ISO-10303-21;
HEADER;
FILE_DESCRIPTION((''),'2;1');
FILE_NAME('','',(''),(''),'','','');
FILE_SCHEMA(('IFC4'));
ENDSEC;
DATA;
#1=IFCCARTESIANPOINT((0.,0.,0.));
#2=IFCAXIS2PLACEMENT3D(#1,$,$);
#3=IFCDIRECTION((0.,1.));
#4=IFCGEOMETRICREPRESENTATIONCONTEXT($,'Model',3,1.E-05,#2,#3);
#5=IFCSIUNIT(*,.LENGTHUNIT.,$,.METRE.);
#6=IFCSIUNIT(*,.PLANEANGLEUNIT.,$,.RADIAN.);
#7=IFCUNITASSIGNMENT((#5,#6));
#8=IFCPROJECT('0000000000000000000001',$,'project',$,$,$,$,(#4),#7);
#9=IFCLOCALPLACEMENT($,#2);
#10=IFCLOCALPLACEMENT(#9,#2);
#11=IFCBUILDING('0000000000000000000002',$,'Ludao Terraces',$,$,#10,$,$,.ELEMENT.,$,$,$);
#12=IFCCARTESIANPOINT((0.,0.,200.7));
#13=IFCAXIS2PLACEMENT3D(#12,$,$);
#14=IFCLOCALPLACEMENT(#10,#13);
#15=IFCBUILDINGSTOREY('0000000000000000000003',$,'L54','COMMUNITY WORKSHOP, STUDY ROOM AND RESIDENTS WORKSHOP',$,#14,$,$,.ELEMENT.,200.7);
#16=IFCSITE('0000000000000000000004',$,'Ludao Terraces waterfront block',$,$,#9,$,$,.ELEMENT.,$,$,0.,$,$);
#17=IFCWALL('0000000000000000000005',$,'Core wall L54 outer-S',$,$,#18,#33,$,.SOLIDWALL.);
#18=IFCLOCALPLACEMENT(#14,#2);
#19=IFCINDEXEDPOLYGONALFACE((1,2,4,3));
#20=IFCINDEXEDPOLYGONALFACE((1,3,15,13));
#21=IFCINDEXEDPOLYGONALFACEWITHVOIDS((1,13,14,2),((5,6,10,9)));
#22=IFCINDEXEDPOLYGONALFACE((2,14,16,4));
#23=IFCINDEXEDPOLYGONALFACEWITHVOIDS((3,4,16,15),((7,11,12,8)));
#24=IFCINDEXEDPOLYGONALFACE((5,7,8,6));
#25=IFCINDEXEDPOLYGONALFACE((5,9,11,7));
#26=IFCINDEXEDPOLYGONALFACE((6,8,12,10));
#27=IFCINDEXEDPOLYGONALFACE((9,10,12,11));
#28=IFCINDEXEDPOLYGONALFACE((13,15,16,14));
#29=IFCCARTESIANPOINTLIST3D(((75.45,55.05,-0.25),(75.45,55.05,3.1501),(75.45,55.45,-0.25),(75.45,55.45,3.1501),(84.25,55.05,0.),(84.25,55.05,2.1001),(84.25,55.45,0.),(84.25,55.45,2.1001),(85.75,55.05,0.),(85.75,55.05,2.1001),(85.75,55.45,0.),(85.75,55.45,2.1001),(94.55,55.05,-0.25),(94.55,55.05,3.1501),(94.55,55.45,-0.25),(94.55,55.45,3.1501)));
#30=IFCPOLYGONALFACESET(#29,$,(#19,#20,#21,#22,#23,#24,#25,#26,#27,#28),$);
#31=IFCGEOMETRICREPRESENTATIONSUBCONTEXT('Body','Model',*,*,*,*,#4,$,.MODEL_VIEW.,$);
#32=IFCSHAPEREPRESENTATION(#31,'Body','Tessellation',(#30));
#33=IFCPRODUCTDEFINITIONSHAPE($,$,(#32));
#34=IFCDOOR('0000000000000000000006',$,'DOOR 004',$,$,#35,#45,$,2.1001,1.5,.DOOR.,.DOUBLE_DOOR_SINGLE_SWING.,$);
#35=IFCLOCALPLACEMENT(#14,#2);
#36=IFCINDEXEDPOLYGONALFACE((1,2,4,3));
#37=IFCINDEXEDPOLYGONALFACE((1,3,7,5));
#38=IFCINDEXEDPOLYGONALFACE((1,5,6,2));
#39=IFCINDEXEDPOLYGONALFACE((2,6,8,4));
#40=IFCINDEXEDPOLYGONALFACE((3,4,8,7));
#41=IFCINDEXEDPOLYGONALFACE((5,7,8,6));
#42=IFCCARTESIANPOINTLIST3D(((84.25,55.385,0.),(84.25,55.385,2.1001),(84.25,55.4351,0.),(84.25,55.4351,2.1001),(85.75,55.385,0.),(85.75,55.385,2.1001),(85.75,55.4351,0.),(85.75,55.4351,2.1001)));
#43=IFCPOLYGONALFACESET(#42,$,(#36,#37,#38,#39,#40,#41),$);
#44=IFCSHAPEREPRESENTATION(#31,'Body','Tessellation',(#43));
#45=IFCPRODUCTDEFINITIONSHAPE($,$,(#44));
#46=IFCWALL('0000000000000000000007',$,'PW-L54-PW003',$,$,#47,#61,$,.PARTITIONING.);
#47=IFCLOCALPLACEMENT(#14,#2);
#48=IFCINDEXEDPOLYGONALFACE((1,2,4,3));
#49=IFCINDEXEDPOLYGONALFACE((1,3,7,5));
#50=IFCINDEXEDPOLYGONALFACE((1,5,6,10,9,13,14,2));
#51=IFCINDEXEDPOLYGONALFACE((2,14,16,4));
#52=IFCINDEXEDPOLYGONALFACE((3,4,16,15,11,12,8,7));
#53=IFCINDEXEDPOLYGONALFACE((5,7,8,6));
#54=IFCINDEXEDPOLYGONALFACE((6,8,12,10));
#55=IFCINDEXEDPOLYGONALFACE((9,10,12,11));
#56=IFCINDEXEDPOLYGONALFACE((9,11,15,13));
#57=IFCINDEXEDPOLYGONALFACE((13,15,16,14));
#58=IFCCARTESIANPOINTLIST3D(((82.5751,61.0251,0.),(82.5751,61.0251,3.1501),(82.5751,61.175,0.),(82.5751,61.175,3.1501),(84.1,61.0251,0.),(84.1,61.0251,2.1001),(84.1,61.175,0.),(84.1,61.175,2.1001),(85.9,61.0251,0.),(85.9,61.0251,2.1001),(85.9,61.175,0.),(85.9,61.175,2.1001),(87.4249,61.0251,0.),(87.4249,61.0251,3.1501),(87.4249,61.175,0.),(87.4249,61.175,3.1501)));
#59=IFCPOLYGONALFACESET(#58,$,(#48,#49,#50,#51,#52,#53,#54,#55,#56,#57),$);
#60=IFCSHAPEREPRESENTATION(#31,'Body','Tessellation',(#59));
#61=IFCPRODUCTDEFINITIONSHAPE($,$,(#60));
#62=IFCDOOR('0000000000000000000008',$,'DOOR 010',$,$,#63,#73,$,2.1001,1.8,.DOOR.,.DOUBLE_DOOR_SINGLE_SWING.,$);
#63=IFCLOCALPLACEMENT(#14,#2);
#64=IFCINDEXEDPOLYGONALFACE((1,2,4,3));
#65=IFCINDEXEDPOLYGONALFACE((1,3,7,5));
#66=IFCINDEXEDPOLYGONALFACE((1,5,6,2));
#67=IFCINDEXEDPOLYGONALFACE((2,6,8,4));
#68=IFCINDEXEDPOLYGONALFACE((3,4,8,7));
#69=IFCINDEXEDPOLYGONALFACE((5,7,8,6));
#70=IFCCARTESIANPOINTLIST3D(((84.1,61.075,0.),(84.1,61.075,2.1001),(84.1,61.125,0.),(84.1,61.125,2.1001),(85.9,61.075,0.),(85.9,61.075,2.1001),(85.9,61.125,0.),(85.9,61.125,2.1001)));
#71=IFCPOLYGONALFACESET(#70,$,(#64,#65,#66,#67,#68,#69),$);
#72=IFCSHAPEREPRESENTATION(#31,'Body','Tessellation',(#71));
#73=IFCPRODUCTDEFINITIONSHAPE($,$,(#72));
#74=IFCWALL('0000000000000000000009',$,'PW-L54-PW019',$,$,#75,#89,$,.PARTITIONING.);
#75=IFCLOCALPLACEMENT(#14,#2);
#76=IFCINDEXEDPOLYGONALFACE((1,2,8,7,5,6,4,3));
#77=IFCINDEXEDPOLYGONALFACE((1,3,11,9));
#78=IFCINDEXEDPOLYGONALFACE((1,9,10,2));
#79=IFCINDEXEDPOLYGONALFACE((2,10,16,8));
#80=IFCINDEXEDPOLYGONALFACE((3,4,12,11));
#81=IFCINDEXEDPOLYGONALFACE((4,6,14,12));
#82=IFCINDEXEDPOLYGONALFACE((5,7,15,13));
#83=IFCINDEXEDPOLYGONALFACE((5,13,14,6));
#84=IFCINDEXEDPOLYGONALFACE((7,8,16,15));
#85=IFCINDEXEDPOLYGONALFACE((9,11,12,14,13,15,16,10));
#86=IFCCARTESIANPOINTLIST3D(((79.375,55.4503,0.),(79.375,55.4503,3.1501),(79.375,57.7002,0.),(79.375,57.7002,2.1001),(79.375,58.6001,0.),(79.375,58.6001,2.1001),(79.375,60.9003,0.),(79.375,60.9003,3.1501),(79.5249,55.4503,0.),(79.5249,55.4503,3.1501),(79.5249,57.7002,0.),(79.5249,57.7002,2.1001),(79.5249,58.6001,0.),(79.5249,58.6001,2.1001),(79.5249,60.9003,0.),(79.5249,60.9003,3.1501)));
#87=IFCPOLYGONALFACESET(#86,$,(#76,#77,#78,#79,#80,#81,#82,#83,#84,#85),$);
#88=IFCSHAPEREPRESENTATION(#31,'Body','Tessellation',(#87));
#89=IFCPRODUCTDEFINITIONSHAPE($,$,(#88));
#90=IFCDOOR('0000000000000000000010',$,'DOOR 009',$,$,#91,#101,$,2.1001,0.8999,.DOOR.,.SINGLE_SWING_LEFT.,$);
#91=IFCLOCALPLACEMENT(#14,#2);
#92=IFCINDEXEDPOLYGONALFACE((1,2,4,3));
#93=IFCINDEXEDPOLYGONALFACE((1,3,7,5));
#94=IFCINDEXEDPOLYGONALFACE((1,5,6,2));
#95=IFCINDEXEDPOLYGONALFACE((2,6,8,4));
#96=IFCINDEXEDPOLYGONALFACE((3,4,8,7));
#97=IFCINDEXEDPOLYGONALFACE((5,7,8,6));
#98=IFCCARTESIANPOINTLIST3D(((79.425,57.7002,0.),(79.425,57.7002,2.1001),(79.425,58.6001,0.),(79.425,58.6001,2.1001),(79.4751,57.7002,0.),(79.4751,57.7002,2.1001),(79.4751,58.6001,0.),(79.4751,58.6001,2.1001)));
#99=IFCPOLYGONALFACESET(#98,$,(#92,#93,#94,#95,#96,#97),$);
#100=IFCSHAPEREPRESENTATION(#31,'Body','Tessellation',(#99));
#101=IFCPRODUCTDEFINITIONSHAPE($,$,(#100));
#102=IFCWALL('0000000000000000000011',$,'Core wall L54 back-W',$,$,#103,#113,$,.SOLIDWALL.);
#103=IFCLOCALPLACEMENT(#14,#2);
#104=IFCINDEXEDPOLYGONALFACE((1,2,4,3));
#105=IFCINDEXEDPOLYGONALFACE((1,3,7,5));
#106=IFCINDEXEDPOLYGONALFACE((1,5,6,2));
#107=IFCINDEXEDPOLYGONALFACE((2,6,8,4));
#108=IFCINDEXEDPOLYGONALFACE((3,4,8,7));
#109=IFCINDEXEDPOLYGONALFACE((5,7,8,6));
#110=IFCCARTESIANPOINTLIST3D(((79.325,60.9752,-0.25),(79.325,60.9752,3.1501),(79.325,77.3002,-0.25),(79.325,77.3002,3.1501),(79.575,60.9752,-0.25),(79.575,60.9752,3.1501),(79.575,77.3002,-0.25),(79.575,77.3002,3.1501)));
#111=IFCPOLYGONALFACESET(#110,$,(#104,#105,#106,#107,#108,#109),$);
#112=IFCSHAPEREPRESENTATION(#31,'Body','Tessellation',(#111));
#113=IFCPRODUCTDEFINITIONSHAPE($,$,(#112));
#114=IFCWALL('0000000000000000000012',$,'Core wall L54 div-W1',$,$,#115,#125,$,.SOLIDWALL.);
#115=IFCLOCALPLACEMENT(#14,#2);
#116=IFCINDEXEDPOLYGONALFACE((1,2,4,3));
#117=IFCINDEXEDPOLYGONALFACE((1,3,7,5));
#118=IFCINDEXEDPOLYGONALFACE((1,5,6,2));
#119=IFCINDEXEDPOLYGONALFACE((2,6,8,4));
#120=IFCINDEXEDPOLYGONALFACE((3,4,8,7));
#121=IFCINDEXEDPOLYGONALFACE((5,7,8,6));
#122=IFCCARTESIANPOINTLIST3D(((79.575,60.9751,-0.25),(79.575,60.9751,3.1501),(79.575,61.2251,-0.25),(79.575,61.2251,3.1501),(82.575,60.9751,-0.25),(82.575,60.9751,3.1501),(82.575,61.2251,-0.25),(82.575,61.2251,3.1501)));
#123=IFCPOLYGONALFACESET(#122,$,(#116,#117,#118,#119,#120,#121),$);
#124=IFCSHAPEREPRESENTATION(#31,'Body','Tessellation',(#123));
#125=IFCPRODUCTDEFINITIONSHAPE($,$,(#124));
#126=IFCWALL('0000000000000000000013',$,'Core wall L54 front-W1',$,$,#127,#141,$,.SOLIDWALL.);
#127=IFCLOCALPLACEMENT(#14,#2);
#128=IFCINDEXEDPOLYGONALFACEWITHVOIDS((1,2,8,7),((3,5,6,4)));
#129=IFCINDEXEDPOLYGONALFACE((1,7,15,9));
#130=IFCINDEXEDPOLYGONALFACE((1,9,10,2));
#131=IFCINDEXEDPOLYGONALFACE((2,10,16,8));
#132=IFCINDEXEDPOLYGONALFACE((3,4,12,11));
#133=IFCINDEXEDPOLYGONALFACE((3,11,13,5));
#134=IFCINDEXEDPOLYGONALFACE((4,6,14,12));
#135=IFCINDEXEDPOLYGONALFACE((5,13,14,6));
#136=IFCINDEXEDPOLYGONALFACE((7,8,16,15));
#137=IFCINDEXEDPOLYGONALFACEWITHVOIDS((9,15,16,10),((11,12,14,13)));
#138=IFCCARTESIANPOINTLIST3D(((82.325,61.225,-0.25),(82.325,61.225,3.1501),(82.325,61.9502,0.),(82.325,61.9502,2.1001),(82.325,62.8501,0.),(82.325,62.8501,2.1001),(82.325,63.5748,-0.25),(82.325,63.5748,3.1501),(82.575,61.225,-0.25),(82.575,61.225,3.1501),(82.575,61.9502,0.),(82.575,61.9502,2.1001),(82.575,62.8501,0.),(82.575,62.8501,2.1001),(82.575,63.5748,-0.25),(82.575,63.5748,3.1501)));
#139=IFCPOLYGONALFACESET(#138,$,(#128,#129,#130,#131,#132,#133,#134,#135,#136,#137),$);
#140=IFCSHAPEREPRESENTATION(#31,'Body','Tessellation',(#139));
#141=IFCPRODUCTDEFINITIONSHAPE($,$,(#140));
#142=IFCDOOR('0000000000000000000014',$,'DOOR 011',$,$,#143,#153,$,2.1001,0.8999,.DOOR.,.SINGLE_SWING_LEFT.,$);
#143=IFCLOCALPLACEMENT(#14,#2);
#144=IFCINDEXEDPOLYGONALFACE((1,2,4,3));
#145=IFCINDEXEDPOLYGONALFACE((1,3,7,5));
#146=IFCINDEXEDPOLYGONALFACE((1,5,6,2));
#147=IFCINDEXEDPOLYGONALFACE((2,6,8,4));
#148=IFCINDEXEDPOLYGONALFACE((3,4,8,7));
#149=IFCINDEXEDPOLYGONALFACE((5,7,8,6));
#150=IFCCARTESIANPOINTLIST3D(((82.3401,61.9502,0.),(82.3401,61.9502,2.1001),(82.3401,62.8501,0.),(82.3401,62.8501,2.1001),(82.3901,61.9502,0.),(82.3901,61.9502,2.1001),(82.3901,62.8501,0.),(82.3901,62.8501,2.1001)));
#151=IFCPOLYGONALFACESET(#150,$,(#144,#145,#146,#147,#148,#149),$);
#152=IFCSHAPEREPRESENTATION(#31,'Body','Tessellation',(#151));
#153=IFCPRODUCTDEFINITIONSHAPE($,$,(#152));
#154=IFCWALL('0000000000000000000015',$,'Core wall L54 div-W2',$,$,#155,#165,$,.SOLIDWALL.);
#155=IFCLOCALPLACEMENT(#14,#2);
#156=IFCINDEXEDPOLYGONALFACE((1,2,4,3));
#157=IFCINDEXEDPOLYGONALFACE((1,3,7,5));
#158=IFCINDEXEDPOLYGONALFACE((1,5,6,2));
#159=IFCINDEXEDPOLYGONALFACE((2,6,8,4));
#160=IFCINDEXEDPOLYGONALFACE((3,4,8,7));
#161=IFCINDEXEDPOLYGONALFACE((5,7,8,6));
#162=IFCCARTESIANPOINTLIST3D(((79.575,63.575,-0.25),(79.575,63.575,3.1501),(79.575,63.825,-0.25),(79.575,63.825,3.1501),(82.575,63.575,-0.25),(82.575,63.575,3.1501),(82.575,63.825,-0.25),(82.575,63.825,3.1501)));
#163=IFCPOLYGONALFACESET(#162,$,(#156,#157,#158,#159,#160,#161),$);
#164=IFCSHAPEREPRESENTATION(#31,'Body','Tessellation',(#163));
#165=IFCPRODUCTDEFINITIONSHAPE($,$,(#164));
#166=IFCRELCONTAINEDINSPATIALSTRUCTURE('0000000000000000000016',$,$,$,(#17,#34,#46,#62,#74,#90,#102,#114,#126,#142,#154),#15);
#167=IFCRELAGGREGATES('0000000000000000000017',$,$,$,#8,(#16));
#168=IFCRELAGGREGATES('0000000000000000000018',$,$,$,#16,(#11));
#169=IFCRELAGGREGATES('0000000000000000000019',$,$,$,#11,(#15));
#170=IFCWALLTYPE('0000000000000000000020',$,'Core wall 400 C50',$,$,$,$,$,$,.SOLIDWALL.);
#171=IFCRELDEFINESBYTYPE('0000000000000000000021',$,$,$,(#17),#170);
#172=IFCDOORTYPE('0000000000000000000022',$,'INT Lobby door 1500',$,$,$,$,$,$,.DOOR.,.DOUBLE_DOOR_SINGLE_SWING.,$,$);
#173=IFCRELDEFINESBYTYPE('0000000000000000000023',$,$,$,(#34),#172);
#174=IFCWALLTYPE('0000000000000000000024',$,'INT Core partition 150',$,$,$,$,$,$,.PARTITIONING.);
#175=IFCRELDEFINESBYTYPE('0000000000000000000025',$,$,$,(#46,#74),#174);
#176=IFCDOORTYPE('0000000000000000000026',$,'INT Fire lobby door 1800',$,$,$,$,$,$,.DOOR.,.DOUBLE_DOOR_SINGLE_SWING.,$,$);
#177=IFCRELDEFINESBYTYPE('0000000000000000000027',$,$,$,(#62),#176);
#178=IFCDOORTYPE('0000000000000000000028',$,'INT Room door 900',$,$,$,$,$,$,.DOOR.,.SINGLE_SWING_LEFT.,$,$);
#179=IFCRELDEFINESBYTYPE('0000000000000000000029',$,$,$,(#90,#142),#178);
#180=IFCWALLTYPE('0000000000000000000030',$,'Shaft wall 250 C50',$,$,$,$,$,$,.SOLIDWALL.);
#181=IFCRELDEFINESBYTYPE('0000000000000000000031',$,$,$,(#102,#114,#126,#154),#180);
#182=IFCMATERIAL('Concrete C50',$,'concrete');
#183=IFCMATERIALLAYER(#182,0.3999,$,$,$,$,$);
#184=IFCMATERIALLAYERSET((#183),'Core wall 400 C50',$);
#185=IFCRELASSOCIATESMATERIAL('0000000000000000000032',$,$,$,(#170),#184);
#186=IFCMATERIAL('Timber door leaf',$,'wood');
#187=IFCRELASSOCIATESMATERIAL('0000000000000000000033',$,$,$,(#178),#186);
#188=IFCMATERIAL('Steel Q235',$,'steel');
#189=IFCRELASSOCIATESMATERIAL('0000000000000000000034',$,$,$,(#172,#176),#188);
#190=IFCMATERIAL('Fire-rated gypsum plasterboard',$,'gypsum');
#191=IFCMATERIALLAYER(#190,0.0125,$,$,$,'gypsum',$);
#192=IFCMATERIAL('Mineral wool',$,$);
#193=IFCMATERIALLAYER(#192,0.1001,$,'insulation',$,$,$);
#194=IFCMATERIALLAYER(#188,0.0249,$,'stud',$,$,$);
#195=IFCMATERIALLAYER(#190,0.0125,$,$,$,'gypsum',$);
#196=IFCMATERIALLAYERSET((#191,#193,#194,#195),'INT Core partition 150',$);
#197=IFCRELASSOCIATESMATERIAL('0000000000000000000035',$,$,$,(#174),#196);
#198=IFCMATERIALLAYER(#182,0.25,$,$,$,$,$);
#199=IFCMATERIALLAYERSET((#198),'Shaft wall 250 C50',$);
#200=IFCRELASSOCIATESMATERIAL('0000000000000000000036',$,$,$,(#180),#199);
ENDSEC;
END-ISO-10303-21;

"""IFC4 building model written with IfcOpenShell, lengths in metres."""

from ifc_helpers import new_model, si_unit, direction, frame, frame_2d, origin, place, context, subcontext, project, spatial, rectangle, extrude, material, layer, layer_set, type_object, element, fill, save


model = new_model("IFC4")

# Units and contexts
model_context = context("Model", 3, precision=1e-05, world=origin(), true_north=direction((0.0, 1.0)))
body_context = subcontext(model_context, "Body", "Model", "MODEL_VIEW")
ifc_project = project(units=[si_unit("LENGTHUNIT", "METRE"), si_unit("PLANEANGLEUNIT", "RADIAN")], contexts=[model_context])

# Site, building, storey
site_placement = place(None, origin())
site = spatial("IfcSite", under=ifc_project, at=site_placement, Name="Ludao Terraces waterfront block", CompositionType="ELEMENT", RefElevation=0.0)
building_placement = place(site_placement, origin())
building = spatial("IfcBuilding", under=site, at=building_placement, Name="Ludao Terraces", CompositionType="ELEMENT")
storey_placement = place(building_placement, frame((0.0, 0.0, 200.7)))
storey = spatial("IfcBuildingStorey", under=building, at=storey_placement, Name="L54", Description="COMMUNITY WORKSHOP, STUDY ROOM AND RESIDENTS WORKSHOP", CompositionType="ELEMENT", Elevation=200.7)

# Shared definitions
ifc_material_1 = material(Name="Concrete C50", Category="concrete")

# Shared definitions
ifc_layer_1 = layer(ifc_material_1, 0.3999)
ifc_layer_set_1 = layer_set([ifc_layer_1], Name="Core wall 400 C50")
wall_type_1 = type_object("IfcWallType", Name="Core wall 400 C50", PredefinedType="SOLIDWALL", material=ifc_layer_set_1)
ifc_material_2 = material(Name="Steel Q235", Category="steel")
ifc_material_3 = material(Name="Timber door leaf", Category="wood")
door_type_1 = type_object("IfcDoorType", Name="INT Room door 900", OperationType="SINGLE_SWING_LEFT", PredefinedType="DOOR", material=ifc_material_3)

# Walls, openings, doors
wall_1_placement = place(storey_placement, frame((75.45, 55.25, -0.25), z_axis=(0.0, 0.0, 1.0), x_axis=(1.0, 0.0, 0.0)))
wall_1 = element("IfcWall", 1, at=wall_1_placement, inside=storey, type_object=wall_type_1, Name="Core wall L54 outer-S", PredefinedType="SOLIDWALL", context=body_context, shape_type="SweptSolid", body=[
    extrude(rectangle(XDim=19.1001, YDim=0.3999, at=frame_2d((9.55, 0.0))), origin(), (0.0, 0.0, 1.0), 3.4001),
])
opening_1_placement = place(wall_1_placement, frame((8.8, 0.0, 0.25)))
opening_1 = element("IfcOpeningElement", 2, at=opening_1_placement, cuts=wall_1, PredefinedType="OPENING", context=body_context, shape_type="SweptSolid", body=[
    extrude(rectangle(XDim=1.5, YDim=2.1001, at=frame_2d((0.75, 1.05))), frame((0.0, 0.21, 0.0), z_axis=(0.0, -1.0, 0.0), x_axis=(1.0, 0.0, 0.0)), (0.0, 0.0, 1.0), 0.4199),
])
door_type_2 = type_object("IfcDoorType", Name="INT Lobby door 1500", OperationType="DOUBLE_DOOR_SINGLE_SWING", PredefinedType="DOOR", material=ifc_material_2)
door_1_placement = place(opening_1_placement, origin())
door_1 = element("IfcDoor", 3, at=door_1_placement, inside=storey, type_object=door_type_2, Name="DOOR 004", OperationType="DOUBLE_DOOR_SINGLE_SWING", OverallHeight=2.1001, OverallWidth=1.5, PredefinedType="DOOR", context=body_context, shape_type="SweptSolid", body=[
    extrude(rectangle(XDim=1.5, YDim=2.1001, at=frame_2d((0.75, 1.05))), frame((0.0, 0.1851, 0.0), z_axis=(0.0, -1.0, 0.0), x_axis=(1.0, 0.0, 0.0)), (0.0, 0.0, 1.0), 0.05),
])
fill(opening_1, door_1)
ifc_material_4 = material(Name="Fire-rated gypsum plasterboard", Category="gypsum")
ifc_layer_2 = layer(ifc_material_4, 0.0125, Category="gypsum")
ifc_material_5 = material(Name="Mineral wool")
ifc_layer_3 = layer(ifc_material_5, 0.1001, Name="insulation")
ifc_layer_4 = layer(ifc_material_2, 0.0249, Name="stud")
ifc_layer_5 = layer(ifc_material_4, 0.0125, Category="gypsum")
ifc_layer_set_2 = layer_set([ifc_layer_2, ifc_layer_3, ifc_layer_4, ifc_layer_5], Name="INT Core partition 150")
wall_type_2 = type_object("IfcWallType", Name="INT Core partition 150", PredefinedType="PARTITIONING", material=ifc_layer_set_2)
wall_2_placement = place(storey_placement, frame((82.5752, 61.1001, 0.0), z_axis=(0.0, 0.0, 1.0), x_axis=(1.0, 0.0, 0.0)))
wall_2 = element("IfcWall", 4, at=wall_2_placement, inside=storey, type_object=wall_type_2, Name="PW-L54-PW003", PredefinedType="PARTITIONING", context=body_context, shape_type="SweptSolid", body=[
    extrude(rectangle(XDim=4.8499, YDim=0.1499, at=frame_2d((2.4248, 0.0))), origin(), (0.0, 0.0, 1.0), 3.1501),
])
opening_2_placement = place(wall_2_placement, frame((1.5249, 0.0, 0.0)))
opening_2 = element("IfcOpeningElement", 5, at=opening_2_placement, cuts=wall_2, PredefinedType="OPENING", context=body_context, shape_type="SweptSolid", body=[
    extrude(rectangle(XDim=1.8, YDim=2.1001, at=frame_2d((0.8999, 1.05))), frame((0.0, 0.085, 0.0), z_axis=(0.0, -1.0, 0.0), x_axis=(1.0, 0.0, 0.0)), (0.0, 0.0, 1.0), 0.1699),
])
door_type_3 = type_object("IfcDoorType", Name="INT Fire lobby door 1800", OperationType="DOUBLE_DOOR_SINGLE_SWING", PredefinedType="DOOR", material=ifc_material_2)
door_2_placement = place(opening_2_placement, origin())
door_2 = element("IfcDoor", 6, at=door_2_placement, inside=storey, type_object=door_type_3, Name="DOOR 010", OperationType="DOUBLE_DOOR_SINGLE_SWING", OverallHeight=2.1001, OverallWidth=1.8, PredefinedType="DOOR", context=body_context, shape_type="SweptSolid", body=[
    extrude(rectangle(XDim=1.8, YDim=2.1001, at=frame_2d((0.8999, 1.05))), frame((0.0, 0.0249, 0.0), z_axis=(0.0, -1.0, 0.0), x_axis=(1.0, 0.0, 0.0)), (0.0, 0.0, 1.0), 0.05),
])
fill(opening_2, door_2)
wall_3_placement = place(storey_placement, frame((79.45, 55.4502, 0.0), z_axis=(0.0, 0.0, 1.0), x_axis=(0.0, 1.0, 0.0)))
wall_3 = element("IfcWall", 7, at=wall_3_placement, inside=storey, type_object=wall_type_2, Name="PW-L54-PW019", PredefinedType="PARTITIONING", context=body_context, shape_type="SweptSolid", body=[
    extrude(rectangle(XDim=5.45, YDim=0.1499, at=frame_2d((2.7251, 0.0))), origin(), (0.0, 0.0, 1.0), 3.1501),
])
opening_3_placement = place(wall_3_placement, frame((2.25, 0.0, 0.0)))
opening_3 = element("IfcOpeningElement", 8, at=opening_3_placement, cuts=wall_3, PredefinedType="OPENING", context=body_context, shape_type="SweptSolid", body=[
    extrude(rectangle(XDim=0.8999, YDim=2.1001, at=frame_2d((0.45, 1.05))), frame((0.0, 0.085, 0.0), z_axis=(0.0, -1.0, 0.0), x_axis=(1.0, 0.0, 0.0)), (0.0, 0.0, 1.0), 0.1699),
])
door_3_placement = place(opening_3_placement, origin())
door_3 = element("IfcDoor", 9, at=door_3_placement, inside=storey, type_object=door_type_1, Name="DOOR 009", OperationType="SINGLE_SWING_LEFT", OverallHeight=2.1001, OverallWidth=0.8999, PredefinedType="DOOR", context=body_context, shape_type="SweptSolid", body=[
    extrude(rectangle(XDim=0.8999, YDim=2.1001, at=frame_2d((0.45, 1.05))), frame((0.0, 0.0249, 0.0), z_axis=(0.0, -1.0, 0.0), x_axis=(1.0, 0.0, 0.0)), (0.0, 0.0, 1.0), 0.05),
])
fill(opening_3, door_3)

# Walls
ifc_layer_6 = layer(ifc_material_1, 0.25)
ifc_layer_set_3 = layer_set([ifc_layer_6], Name="Shaft wall 250 C50")
wall_type_3 = type_object("IfcWallType", Name="Shaft wall 250 C50", PredefinedType="SOLIDWALL", material=ifc_layer_set_3)
wall_4_placement = place(storey_placement, frame((79.45, 60.9751, -0.25), z_axis=(0.0, 0.0, 1.0), x_axis=(0.0, 1.0, 0.0)))
element("IfcWall", 10, at=wall_4_placement, inside=storey, type_object=wall_type_3, Name="Core wall L54 back-W", PredefinedType="SOLIDWALL", context=body_context, shape_type="SweptSolid", body=[
    extrude(rectangle(XDim=16.325, YDim=0.25, at=frame_2d((8.1626, 0.0))), origin(), (0.0, 0.0, 1.0), 3.4001),
])
wall_5_placement = place(storey_placement, frame((79.575, 61.1001, -0.25), z_axis=(0.0, 0.0, 1.0), x_axis=(1.0, 0.0, 0.0)))
element("IfcWall", 11, at=wall_5_placement, inside=storey, type_object=wall_type_3, Name="Core wall L54 div-W1", PredefinedType="SOLIDWALL", context=body_context, shape_type="SweptSolid", body=[
    extrude(rectangle(XDim=3.0, YDim=0.25, at=frame_2d((1.5, 0.0))), origin(), (0.0, 0.0, 1.0), 3.4001),
])

# Wall, opening, door
wall_6_placement = place(storey_placement, frame((82.45, 61.2251, -0.25), z_axis=(0.0, 0.0, 1.0), x_axis=(0.0, 1.0, 0.0)))
wall_6 = element("IfcWall", 12, at=wall_6_placement, inside=storey, type_object=wall_type_3, Name="Core wall L54 front-W1", PredefinedType="SOLIDWALL", context=body_context, shape_type="SweptSolid", body=[
    extrude(rectangle(XDim=2.3499, YDim=0.25, at=frame_2d((1.1748, 0.0))), origin(), (0.0, 0.0, 1.0), 3.4001),
])
opening_4_placement = place(wall_6_placement, frame((0.7251, 0.0, 0.25)))
opening_4 = element("IfcOpeningElement", 13, at=opening_4_placement, cuts=wall_6, PredefinedType="OPENING", context=body_context, shape_type="SweptSolid", body=[
    extrude(rectangle(XDim=0.8999, YDim=2.1001, at=frame_2d((0.45, 1.05))), frame((0.0, 0.135, 0.0), z_axis=(0.0, -1.0, 0.0), x_axis=(1.0, 0.0, 0.0)), (0.0, 0.0, 1.0), 0.27),
])
door_4_placement = place(opening_4_placement, origin())
door_4 = element("IfcDoor", 14, at=door_4_placement, inside=storey, type_object=door_type_1, Name="DOOR 011", OperationType="SINGLE_SWING_LEFT", OverallHeight=2.1001, OverallWidth=0.8999, PredefinedType="DOOR", context=body_context, shape_type="SweptSolid", body=[
    extrude(rectangle(XDim=0.8999, YDim=2.1001, at=frame_2d((0.45, 1.05))), frame((0.0, 0.1099, 0.0), z_axis=(0.0, -1.0, 0.0), x_axis=(1.0, 0.0, 0.0)), (0.0, 0.0, 1.0), 0.05),
])
fill(opening_4, door_4)

# Wall
wall_7_placement = place(storey_placement, frame((79.575, 63.7, -0.25), z_axis=(0.0, 0.0, 1.0), x_axis=(1.0, 0.0, 0.0)))
element("IfcWall", 15, at=wall_7_placement, inside=storey, type_object=wall_type_3, Name="Core wall L54 div-W2", PredefinedType="SOLIDWALL", context=body_context, shape_type="SweptSolid", body=[
    extrude(rectangle(XDim=3.0, YDim=0.25, at=frame_2d((1.5, 0.0))), origin(), (0.0, 0.0, 1.0), 3.4001),
])

save(model, "model.ifc")
